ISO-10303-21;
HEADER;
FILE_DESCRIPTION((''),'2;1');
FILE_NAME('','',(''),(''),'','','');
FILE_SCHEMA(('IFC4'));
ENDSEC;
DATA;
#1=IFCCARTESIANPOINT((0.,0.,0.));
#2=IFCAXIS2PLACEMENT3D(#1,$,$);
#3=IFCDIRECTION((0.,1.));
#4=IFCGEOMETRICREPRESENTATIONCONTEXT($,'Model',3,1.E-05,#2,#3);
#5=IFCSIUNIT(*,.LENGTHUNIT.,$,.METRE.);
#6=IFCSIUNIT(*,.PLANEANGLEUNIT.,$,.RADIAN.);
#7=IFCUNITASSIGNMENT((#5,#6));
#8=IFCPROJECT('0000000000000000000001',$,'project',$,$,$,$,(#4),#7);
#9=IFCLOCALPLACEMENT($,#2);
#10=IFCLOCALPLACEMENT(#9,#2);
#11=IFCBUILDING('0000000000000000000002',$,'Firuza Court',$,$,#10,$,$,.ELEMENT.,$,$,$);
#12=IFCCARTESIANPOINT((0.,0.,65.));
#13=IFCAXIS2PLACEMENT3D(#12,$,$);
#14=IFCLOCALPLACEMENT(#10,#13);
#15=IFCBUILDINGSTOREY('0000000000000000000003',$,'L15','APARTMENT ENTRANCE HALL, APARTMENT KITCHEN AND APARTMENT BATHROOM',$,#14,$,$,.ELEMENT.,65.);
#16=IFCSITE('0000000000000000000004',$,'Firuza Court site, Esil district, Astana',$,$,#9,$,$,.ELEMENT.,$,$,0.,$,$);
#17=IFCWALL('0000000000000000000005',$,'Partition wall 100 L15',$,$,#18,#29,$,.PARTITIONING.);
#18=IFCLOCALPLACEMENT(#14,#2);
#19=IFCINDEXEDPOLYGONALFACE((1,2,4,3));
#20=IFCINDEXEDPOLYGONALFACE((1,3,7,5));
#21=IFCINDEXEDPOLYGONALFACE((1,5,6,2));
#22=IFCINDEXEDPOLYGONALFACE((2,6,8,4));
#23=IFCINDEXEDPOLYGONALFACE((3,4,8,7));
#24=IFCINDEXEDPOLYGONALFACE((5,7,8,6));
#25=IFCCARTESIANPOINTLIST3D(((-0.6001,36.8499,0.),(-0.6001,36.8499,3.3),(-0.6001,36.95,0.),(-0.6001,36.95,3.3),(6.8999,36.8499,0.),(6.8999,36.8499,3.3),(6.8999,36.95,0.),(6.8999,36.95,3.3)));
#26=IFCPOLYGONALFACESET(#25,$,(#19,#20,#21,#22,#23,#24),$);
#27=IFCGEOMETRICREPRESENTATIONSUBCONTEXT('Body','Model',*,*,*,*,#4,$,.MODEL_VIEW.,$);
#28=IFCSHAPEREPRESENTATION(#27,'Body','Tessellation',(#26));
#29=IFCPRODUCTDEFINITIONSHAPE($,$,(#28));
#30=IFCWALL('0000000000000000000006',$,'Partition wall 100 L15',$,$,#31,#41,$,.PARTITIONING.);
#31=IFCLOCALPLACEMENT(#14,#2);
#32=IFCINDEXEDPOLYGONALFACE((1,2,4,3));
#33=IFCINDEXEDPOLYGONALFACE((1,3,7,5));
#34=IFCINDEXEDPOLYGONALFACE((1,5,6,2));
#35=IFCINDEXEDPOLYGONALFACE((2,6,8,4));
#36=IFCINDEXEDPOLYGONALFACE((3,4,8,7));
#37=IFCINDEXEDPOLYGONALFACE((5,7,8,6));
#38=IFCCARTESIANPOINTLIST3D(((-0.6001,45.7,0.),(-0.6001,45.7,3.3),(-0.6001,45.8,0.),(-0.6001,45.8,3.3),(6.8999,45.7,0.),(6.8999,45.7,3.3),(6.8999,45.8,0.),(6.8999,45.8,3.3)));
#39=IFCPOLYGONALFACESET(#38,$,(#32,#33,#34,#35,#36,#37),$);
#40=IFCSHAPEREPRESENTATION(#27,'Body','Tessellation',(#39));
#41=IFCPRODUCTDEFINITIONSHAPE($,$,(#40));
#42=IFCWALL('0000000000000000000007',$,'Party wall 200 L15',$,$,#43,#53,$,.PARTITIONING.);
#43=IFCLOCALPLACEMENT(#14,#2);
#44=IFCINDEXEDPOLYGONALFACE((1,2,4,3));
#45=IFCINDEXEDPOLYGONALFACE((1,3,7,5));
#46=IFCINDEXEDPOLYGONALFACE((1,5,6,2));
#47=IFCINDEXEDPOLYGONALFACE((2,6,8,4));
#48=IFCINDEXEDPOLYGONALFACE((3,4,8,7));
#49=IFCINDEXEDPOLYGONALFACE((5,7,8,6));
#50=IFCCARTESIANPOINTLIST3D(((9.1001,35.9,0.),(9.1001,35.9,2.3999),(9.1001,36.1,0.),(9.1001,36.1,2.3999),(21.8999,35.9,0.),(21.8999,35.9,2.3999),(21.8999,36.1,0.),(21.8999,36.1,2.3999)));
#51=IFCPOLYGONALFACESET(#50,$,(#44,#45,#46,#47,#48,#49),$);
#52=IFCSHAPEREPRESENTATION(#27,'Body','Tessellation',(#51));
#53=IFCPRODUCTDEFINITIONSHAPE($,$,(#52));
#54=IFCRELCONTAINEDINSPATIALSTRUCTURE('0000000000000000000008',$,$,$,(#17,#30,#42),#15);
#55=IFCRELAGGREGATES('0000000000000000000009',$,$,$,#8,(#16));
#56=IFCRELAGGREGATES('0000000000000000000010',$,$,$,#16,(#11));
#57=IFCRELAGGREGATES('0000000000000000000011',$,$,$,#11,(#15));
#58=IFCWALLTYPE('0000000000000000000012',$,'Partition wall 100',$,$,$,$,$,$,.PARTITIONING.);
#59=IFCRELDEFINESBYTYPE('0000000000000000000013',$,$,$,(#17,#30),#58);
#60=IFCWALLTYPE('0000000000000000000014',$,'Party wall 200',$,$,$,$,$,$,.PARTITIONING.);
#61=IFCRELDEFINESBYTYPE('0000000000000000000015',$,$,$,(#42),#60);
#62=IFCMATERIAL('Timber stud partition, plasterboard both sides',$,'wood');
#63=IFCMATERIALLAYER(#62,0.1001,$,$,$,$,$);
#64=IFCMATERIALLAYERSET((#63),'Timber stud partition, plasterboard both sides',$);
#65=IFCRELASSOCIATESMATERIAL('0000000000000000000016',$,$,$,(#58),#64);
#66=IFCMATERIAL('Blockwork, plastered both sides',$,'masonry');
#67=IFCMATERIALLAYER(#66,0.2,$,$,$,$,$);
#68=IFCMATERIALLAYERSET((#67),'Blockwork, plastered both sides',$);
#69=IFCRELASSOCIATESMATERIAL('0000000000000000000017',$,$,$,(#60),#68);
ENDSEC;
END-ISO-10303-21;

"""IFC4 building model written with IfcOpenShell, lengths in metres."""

from ifc_helpers import new_model, si_unit, direction, frame, frame_2d, origin, place, context, subcontext, project, spatial, rectangle, extrude, material, layer, layer_set, type_object, element, save


model = new_model("IFC4")

# Units and contexts
model_context = context("Model", 3, precision=1e-05, world=origin(), true_north=direction((0.0, 1.0)))
body_context = subcontext(model_context, "Body", "Model", "MODEL_VIEW")
ifc_project = project(units=[si_unit("LENGTHUNIT", "METRE"), si_unit("PLANEANGLEUNIT", "RADIAN")], contexts=[model_context])

# Site, building, storey
site_placement = place(None, origin())
site = spatial("IfcSite", under=ifc_project, at=site_placement, Name="Firuza Court site, Esil district, Astana", CompositionType="ELEMENT", RefElevation=0.0)
building_placement = place(site_placement, origin())
building = spatial("IfcBuilding", under=site, at=building_placement, Name="Firuza Court", CompositionType="ELEMENT")
storey_placement = place(building_placement, frame((0.0, 0.0, 65.0)))
storey = spatial("IfcBuildingStorey", under=building, at=storey_placement, Name="L15", Description="APARTMENT ENTRANCE HALL, APARTMENT KITCHEN AND APARTMENT BATHROOM", CompositionType="ELEMENT", Elevation=65.0)

# Shared definitions
ifc_material_1 = material(Name="Blockwork, plastered both sides", Category="masonry")

# Walls
ifc_material_2 = material(Name="Timber stud partition, plasterboard both sides", Category="wood")
ifc_layer_1 = layer(ifc_material_2, 0.1001)
ifc_layer_set_1 = layer_set([ifc_layer_1], Name="Timber stud partition, plasterboard both sides")
wall_type_1 = type_object("IfcWallType", Name="Partition wall 100", PredefinedType="PARTITIONING", material=ifc_layer_set_1)
for number, where, z_axis, x_axis, name in (
    (1, (-0.6001, 36.8999, 0.0), (0.0, 0.0, 1.0), (1.0, 0.0, 0.0), "Partition wall 100 L15"),
    (2, (-0.6001, 45.75, 0.0), (0.0, 0.0, 1.0), (1.0, 0.0, 0.0), "Partition wall 100 L15"),
):
    element("IfcWall", number, at=place(storey_placement, frame(where, z_axis=z_axis, x_axis=x_axis)), inside=storey, type_object=wall_type_1, Name=name, PredefinedType="PARTITIONING", context=body_context, shape_type="SweptSolid", body=[
        extrude(rectangle(XDim=7.5, YDim=0.1001, at=frame_2d((3.75, 0.0))), origin(), (0.0, 0.0, 1.0), 3.3),
    ])
ifc_layer_2 = layer(ifc_material_1, 0.2)
ifc_layer_set_2 = layer_set([ifc_layer_2], Name="Blockwork, plastered both sides")
wall_type_2 = type_object("IfcWallType", Name="Party wall 200", PredefinedType="PARTITIONING", material=ifc_layer_set_2)
wall_1_placement = place(storey_placement, frame((9.1001, 36.0, 0.0), z_axis=(0.0, 0.0, 1.0), x_axis=(1.0, 0.0, 0.0)))
element("IfcWall", 3, at=wall_1_placement, inside=storey, type_object=wall_type_2, Name="Party wall 200 L15", PredefinedType="PARTITIONING", context=body_context, shape_type="SweptSolid", body=[
    extrude(rectangle(XDim=12.7998, YDim=0.2, at=frame_2d((6.3999, 0.0))), origin(), (0.0, 0.0, 1.0), 2.3999),
])

save(model, "model.ifc")
